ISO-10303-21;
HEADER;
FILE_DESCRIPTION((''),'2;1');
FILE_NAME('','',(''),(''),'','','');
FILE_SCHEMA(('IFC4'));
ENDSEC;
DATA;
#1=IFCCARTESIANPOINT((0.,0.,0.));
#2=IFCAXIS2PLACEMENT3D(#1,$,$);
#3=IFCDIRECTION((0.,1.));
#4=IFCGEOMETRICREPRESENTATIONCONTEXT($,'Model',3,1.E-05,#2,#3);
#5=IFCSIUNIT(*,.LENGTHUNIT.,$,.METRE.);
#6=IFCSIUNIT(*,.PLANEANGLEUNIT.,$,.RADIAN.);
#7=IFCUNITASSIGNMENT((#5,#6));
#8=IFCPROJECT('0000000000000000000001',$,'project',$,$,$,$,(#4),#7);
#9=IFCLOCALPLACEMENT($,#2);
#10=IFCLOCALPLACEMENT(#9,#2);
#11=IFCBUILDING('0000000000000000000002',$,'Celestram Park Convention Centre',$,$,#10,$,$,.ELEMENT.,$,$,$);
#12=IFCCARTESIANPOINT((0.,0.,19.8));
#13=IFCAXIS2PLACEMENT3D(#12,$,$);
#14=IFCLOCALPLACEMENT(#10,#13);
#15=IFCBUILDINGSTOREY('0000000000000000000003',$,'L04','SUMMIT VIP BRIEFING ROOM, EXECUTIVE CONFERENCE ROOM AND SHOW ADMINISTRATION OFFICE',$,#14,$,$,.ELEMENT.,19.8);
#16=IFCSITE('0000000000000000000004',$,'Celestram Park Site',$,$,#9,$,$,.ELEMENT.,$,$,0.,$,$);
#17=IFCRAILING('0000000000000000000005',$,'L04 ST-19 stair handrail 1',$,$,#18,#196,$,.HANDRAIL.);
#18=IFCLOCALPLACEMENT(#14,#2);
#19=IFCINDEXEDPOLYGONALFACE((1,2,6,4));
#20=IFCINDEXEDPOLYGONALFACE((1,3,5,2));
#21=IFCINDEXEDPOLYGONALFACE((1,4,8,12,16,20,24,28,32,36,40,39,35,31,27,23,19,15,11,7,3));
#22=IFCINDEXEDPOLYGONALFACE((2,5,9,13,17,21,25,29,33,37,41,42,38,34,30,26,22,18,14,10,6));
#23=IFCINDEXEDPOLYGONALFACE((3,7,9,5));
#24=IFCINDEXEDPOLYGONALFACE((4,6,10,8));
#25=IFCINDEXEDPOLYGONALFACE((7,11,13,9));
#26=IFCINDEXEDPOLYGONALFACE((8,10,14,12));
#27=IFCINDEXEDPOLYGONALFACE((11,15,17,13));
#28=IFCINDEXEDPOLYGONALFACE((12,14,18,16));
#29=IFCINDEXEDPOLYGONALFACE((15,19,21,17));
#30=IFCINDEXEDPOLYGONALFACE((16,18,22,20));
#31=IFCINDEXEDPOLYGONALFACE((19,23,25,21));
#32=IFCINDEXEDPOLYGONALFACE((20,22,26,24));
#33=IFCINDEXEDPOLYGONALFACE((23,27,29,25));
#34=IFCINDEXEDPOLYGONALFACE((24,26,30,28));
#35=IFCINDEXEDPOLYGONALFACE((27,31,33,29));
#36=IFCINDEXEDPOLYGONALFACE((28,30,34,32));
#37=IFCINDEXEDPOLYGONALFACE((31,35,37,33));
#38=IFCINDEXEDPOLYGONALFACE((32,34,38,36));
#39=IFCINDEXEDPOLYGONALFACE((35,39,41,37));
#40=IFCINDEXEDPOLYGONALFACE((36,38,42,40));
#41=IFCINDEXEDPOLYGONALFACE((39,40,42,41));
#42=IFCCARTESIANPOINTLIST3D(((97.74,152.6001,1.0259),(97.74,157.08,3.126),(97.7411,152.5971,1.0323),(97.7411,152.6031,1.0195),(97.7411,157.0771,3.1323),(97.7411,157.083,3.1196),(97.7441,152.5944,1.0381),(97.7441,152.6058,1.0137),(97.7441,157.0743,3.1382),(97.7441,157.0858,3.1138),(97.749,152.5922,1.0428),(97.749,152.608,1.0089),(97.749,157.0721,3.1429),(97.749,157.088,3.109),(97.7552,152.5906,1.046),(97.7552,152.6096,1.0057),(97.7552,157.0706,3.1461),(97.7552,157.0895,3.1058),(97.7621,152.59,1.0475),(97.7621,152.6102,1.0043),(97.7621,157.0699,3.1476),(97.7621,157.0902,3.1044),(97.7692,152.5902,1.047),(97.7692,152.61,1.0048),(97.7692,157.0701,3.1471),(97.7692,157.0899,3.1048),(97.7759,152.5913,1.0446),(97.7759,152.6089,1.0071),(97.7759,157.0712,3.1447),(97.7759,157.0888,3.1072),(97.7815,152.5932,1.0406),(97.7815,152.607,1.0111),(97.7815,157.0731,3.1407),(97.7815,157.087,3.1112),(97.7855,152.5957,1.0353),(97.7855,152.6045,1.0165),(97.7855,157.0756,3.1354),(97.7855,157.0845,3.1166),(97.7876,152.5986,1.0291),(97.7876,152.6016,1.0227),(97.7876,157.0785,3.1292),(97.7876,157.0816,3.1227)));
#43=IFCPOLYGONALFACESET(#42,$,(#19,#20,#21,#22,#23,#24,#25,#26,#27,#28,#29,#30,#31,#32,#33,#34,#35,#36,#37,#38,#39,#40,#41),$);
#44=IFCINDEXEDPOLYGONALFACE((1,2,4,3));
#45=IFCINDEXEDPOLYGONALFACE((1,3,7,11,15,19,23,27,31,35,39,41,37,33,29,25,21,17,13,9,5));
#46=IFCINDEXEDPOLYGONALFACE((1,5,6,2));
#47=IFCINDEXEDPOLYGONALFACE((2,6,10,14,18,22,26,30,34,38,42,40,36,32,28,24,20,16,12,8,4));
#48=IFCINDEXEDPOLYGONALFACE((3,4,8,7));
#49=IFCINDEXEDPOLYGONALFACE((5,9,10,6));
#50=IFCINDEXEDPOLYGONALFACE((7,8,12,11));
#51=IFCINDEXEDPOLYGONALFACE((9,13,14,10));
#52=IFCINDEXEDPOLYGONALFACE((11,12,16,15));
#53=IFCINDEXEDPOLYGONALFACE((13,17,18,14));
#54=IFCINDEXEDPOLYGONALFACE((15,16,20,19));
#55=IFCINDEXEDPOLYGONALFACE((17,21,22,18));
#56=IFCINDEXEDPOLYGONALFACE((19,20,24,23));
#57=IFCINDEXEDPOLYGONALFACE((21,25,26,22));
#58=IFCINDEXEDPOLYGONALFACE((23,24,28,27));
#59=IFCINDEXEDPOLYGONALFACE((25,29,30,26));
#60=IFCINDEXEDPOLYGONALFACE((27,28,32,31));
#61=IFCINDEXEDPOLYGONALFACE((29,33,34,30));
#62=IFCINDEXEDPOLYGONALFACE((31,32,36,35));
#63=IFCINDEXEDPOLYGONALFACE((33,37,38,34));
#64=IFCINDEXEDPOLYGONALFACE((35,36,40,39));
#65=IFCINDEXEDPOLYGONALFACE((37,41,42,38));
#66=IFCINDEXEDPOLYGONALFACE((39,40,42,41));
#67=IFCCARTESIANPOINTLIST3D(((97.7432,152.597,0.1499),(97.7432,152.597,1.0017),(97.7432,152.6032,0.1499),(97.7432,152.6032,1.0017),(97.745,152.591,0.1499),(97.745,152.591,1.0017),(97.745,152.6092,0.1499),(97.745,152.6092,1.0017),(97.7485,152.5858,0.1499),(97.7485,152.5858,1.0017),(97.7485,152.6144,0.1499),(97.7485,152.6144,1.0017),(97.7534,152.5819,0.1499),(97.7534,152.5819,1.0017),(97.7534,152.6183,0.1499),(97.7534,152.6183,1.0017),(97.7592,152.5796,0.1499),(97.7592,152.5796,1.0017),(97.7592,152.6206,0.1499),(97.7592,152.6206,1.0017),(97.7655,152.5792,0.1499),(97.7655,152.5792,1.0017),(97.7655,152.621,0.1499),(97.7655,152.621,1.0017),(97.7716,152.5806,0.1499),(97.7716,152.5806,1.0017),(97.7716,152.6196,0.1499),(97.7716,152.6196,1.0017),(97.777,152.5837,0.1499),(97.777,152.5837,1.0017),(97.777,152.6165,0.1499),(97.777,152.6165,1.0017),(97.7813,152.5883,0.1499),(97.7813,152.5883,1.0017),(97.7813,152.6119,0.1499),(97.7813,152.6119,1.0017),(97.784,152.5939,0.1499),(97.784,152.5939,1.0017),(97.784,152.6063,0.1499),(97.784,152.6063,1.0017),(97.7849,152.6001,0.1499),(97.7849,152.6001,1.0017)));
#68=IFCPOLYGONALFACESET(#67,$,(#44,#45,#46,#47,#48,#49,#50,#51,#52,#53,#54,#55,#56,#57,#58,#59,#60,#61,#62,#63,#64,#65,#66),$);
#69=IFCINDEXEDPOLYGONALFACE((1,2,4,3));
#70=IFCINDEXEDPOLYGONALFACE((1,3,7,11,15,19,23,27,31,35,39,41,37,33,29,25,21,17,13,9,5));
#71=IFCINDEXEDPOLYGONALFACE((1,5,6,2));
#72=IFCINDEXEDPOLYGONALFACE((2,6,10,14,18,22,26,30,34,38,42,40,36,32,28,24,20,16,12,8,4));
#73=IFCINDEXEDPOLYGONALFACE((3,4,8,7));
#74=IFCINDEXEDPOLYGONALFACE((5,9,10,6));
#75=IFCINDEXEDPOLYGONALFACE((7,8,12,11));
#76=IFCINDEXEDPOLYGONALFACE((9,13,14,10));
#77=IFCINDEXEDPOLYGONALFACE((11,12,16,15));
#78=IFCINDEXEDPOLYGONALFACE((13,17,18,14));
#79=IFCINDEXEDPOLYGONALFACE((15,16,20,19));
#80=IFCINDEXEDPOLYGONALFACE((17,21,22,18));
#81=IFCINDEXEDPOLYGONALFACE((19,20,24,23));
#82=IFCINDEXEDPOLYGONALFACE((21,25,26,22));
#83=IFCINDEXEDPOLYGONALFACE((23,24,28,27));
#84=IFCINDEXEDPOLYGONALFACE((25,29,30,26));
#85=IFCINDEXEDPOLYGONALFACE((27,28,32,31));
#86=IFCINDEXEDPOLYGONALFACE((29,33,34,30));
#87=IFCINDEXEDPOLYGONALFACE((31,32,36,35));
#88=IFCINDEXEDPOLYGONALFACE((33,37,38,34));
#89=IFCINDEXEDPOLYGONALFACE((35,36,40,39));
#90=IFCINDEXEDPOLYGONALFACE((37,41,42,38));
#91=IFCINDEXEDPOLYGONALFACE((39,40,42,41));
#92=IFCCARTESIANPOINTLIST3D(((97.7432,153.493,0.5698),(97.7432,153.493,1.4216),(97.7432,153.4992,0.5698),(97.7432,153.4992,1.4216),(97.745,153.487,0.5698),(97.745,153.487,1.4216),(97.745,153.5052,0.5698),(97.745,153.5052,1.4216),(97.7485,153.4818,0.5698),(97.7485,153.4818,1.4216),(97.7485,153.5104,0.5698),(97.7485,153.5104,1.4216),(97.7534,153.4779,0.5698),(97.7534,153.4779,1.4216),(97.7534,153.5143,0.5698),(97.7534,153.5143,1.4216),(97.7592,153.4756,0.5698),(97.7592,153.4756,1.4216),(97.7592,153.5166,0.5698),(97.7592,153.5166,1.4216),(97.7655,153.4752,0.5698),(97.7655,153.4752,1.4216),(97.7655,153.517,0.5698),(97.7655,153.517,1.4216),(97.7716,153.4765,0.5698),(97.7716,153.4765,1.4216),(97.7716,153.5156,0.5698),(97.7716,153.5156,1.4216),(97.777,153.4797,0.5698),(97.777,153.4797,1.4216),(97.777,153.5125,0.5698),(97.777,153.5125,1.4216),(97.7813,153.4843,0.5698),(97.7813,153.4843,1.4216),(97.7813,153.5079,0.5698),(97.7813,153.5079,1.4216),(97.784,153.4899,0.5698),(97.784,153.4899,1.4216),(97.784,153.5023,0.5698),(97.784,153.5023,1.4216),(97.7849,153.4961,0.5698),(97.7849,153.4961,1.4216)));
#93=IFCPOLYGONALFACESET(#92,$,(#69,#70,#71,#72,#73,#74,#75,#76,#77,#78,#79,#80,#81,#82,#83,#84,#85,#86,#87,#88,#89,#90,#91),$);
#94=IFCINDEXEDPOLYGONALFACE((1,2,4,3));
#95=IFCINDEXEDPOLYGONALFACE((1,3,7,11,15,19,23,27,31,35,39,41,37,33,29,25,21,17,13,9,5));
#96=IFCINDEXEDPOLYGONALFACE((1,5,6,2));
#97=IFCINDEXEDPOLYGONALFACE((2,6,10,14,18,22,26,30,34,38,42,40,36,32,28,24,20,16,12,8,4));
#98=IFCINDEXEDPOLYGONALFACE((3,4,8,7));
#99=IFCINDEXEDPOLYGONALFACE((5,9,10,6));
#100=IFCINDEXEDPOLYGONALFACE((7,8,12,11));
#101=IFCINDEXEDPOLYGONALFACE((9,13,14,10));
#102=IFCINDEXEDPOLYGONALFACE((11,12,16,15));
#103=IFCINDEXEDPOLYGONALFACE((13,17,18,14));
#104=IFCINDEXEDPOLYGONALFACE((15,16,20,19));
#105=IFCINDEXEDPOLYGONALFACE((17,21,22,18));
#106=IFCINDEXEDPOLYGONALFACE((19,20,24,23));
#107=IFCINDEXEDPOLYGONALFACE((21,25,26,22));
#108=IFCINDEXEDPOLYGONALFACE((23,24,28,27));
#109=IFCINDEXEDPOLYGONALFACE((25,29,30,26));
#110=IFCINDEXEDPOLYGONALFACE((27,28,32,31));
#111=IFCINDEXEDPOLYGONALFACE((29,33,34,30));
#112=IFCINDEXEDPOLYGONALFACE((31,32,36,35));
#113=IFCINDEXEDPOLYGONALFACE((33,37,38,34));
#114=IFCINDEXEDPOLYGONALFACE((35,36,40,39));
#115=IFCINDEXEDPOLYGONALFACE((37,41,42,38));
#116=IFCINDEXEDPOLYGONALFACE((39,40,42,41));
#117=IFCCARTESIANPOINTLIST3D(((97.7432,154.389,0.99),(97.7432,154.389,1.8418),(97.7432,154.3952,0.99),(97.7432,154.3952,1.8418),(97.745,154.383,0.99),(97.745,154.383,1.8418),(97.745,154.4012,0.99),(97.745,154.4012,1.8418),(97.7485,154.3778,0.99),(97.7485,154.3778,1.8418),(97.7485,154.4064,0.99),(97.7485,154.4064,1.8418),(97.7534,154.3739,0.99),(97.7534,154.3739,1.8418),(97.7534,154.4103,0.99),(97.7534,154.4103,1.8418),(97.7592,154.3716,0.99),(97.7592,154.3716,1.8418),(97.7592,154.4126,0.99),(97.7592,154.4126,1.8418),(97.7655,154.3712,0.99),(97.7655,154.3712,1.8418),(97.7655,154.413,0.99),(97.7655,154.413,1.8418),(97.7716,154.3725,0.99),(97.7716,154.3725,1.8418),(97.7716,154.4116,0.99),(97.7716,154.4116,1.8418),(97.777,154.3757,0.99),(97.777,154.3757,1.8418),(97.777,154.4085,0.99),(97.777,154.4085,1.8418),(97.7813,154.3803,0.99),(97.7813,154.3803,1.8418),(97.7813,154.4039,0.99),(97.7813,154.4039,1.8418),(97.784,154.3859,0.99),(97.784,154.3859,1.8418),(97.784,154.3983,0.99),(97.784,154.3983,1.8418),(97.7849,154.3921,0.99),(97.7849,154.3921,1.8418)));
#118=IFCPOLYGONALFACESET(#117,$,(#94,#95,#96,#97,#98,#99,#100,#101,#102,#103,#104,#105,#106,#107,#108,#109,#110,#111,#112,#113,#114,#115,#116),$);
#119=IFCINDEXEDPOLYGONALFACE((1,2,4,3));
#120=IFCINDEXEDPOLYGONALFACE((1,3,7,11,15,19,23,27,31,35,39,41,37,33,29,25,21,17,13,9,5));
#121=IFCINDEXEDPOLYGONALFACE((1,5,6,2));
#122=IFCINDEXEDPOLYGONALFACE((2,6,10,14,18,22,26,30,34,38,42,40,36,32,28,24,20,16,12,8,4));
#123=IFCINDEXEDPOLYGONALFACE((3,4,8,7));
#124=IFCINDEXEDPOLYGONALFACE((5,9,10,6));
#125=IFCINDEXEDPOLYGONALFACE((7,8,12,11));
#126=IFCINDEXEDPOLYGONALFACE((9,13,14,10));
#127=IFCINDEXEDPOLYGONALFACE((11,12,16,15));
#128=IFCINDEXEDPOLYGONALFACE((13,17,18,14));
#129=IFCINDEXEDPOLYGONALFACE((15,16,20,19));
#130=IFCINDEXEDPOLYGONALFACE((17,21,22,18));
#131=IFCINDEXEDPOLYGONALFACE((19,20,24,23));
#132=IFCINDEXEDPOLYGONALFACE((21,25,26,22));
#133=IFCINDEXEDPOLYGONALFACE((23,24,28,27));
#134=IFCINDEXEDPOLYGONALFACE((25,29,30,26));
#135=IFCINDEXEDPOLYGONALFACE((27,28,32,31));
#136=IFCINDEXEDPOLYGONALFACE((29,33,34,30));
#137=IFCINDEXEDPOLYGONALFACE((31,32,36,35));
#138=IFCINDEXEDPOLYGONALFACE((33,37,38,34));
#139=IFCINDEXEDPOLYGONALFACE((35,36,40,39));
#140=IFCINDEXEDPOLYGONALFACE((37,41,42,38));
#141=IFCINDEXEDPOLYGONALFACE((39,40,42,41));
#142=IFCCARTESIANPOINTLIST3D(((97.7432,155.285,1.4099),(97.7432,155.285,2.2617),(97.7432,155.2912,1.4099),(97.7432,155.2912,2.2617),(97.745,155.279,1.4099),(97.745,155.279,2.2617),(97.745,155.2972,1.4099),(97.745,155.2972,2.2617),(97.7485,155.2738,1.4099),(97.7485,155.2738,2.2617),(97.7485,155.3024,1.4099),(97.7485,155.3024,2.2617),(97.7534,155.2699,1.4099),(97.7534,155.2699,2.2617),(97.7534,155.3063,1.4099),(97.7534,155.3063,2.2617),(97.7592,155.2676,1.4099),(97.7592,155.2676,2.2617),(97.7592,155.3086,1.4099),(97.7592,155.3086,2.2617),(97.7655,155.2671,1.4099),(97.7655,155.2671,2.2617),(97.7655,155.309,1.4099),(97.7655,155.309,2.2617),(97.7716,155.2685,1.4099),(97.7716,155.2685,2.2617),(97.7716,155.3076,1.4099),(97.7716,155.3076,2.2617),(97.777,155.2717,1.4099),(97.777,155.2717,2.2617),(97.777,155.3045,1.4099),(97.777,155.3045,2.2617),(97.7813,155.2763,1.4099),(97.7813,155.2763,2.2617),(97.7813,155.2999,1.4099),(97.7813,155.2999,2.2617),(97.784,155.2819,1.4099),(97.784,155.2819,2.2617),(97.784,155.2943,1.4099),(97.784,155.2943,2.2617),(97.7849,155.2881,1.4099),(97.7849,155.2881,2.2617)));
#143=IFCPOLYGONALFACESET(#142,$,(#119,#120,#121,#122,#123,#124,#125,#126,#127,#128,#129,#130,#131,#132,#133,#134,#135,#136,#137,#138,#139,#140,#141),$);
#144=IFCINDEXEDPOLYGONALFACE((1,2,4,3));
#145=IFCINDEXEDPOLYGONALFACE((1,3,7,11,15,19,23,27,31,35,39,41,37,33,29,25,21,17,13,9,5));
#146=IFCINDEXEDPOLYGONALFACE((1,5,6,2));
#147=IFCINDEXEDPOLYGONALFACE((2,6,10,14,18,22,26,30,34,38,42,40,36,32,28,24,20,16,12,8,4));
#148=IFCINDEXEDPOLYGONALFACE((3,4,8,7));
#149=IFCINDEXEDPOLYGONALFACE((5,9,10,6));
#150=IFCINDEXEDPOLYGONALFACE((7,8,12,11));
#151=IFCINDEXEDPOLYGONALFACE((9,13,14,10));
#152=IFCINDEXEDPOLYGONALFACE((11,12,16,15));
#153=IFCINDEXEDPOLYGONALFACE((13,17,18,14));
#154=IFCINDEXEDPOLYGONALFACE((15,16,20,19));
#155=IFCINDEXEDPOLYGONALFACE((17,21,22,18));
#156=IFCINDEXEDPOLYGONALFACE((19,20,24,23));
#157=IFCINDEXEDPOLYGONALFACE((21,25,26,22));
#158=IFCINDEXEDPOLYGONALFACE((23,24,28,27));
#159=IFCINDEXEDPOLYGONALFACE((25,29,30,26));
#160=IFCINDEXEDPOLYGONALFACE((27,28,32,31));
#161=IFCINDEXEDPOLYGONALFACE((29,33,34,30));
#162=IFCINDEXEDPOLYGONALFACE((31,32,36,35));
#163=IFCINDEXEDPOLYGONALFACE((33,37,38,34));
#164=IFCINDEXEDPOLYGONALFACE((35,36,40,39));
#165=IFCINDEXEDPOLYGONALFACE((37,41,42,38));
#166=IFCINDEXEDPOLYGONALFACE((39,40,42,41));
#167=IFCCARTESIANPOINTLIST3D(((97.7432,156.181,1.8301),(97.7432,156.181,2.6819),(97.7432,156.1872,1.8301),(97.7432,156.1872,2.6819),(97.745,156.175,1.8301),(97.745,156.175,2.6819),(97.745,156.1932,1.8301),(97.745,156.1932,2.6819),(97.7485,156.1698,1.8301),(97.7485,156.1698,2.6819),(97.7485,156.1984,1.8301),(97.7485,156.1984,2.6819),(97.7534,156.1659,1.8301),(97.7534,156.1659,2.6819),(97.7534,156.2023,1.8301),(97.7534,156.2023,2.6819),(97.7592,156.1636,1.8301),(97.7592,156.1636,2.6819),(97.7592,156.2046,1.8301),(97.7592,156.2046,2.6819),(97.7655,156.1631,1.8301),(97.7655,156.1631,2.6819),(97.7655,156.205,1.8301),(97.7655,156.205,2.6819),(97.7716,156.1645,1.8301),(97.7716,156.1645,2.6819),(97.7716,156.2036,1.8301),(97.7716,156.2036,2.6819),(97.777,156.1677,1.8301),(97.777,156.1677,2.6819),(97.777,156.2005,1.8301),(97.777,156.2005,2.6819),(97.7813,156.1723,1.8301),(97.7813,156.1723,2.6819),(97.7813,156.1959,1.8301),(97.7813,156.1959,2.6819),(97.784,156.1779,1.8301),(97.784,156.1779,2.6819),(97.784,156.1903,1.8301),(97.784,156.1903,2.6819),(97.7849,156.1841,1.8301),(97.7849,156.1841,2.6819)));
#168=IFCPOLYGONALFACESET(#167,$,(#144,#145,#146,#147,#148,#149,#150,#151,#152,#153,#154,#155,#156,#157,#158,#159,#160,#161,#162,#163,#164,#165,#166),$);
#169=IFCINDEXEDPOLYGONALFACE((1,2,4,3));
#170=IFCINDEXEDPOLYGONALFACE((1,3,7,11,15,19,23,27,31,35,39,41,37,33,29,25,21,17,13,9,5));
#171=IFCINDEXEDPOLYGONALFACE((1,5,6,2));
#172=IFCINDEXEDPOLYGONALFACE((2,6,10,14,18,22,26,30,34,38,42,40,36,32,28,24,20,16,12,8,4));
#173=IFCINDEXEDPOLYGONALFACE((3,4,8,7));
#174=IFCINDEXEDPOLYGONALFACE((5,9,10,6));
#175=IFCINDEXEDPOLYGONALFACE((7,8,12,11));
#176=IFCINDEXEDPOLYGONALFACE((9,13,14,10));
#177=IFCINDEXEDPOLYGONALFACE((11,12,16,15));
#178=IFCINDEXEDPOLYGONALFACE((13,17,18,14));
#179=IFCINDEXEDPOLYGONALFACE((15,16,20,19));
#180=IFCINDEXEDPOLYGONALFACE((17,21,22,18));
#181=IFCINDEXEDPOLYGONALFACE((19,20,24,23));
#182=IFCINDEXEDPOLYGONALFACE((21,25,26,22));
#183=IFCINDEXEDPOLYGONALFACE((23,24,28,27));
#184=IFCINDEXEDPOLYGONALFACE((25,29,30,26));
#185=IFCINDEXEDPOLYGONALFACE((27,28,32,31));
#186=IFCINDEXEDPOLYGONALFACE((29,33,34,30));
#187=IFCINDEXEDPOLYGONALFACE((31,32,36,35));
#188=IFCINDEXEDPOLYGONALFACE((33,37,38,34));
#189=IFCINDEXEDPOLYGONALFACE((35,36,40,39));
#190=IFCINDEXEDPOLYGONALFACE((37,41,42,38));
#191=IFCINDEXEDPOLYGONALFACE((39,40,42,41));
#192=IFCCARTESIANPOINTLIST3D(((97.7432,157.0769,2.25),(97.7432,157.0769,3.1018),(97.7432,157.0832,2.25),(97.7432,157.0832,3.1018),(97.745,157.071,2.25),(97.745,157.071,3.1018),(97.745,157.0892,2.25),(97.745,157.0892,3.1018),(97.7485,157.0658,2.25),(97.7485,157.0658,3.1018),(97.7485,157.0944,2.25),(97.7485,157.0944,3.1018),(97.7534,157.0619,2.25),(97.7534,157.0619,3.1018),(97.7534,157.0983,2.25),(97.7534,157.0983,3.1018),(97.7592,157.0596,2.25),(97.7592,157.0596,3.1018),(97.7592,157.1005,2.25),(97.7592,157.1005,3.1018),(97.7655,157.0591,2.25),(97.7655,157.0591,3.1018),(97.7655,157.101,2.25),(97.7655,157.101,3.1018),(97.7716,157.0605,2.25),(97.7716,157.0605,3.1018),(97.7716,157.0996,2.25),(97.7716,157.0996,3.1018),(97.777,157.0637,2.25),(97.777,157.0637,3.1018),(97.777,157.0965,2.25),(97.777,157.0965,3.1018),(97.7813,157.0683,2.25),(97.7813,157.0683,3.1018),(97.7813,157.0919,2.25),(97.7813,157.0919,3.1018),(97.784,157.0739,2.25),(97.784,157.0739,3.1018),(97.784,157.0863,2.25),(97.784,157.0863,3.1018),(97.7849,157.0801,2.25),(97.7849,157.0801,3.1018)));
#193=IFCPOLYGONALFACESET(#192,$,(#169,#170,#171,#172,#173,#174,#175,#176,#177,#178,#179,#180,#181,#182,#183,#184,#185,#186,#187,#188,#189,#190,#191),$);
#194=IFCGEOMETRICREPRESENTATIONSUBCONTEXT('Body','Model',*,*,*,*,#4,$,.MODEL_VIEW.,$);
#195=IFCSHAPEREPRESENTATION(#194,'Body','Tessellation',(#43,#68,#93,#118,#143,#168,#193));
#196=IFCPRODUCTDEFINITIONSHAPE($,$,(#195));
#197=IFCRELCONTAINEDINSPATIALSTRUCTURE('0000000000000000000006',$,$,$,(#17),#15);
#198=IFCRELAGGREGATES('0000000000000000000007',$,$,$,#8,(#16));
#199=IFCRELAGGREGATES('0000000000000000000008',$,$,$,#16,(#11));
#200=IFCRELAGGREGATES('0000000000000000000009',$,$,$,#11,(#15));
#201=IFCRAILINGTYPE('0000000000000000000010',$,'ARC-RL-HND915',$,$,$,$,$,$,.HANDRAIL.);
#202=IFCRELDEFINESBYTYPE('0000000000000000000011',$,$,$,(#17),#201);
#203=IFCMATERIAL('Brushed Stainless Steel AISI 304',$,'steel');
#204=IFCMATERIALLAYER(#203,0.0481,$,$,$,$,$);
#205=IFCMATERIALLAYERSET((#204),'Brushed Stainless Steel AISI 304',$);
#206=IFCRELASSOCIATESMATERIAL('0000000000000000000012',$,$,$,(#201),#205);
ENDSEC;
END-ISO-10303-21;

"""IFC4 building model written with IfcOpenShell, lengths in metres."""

from ifc_helpers import new_model, si_unit, direction, frame, origin, origin_2d, place, context, subcontext, project, spatial, circle, extrude, material, layer, layer_set, type_object, element, save


model = new_model("IFC4")

# Units and contexts
model_context = context("Model", 3, precision=1e-05, world=origin(), true_north=direction((0.0, 1.0)))
body_context = subcontext(model_context, "Body", "Model", "MODEL_VIEW")
ifc_project = project(units=[si_unit("LENGTHUNIT", "METRE"), si_unit("PLANEANGLEUNIT", "RADIAN")], contexts=[model_context])

# Site, building, storey
site_placement = place(None, origin())
site = spatial("IfcSite", under=ifc_project, at=site_placement, Name="Celestram Park Site", CompositionType="ELEMENT", RefElevation=0.0)
building_placement = place(site_placement, origin())
building = spatial("IfcBuilding", under=site, at=building_placement, Name="Celestram Park Convention Centre", CompositionType="ELEMENT")
storey_placement = place(building_placement, frame((0.0, 0.0, 19.8)))
storey = spatial("IfcBuildingStorey", under=building, at=storey_placement, Name="L04", Description="SUMMIT VIP BRIEFING ROOM, EXECUTIVE CONFERENCE ROOM AND SHOW ADMINISTRATION OFFICE", CompositionType="ELEMENT", Elevation=19.8)

# Shared definitions
ifc_material_1 = material(Name="Brushed Stainless Steel AISI 304", Category="steel")

# Railing
ifc_layer_1 = layer(ifc_material_1, 0.0481)
ifc_layer_set_1 = layer_set([ifc_layer_1], Name="Brushed Stainless Steel AISI 304")
railing_type_1 = type_object("IfcRailingType", Name="ARC-RL-HND915", PredefinedType="HANDRAIL", material=ifc_layer_set_1)
railing_1_placement = place(storey_placement, frame((97.7639, 152.6001, 0.1499)))
element("IfcRailing", 1, at=railing_1_placement, inside=storey, type_object=railing_type_1, Name="L04 ST-19 stair handrail 1", PredefinedType="HANDRAIL", context=body_context, shape_type="SweptSolid", body=[
    extrude(circle(Radius=0.0239, at=origin_2d()), frame((0.0, 0.0, 0.876), z_axis=(0.0, 0.905451, 0.424452), x_axis=(-1.0, 0.0, 0.0)), (0.0, 0.0, 1.0), 4.9478),
    extrude(circle(Radius=0.021, at=origin_2d()), origin(), (0.0, 0.0, 1.0), 0.8518),
    extrude(circle(Radius=0.021, at=origin_2d()), frame((0.0, 0.896, 0.4199)), (0.0, 0.0, 1.0), 0.8518),
    extrude(circle(Radius=0.021, at=origin_2d()), frame((0.0, 1.792, 0.8401)), (0.0, 0.0, 1.0), 0.8518),
    extrude(circle(Radius=0.021, at=origin_2d()), frame((0.0, 2.688, 1.26)), (0.0, 0.0, 1.0), 0.8518),
    extrude(circle(Radius=0.021, at=origin_2d()), frame((0.0, 3.584, 1.6802)), (0.0, 0.0, 1.0), 0.8518),
    extrude(circle(Radius=0.021, at=origin_2d()), frame((0.0, 4.48, 2.1001)), (0.0, 0.0, 1.0), 0.8518),
])

save(model, "model.ifc")
